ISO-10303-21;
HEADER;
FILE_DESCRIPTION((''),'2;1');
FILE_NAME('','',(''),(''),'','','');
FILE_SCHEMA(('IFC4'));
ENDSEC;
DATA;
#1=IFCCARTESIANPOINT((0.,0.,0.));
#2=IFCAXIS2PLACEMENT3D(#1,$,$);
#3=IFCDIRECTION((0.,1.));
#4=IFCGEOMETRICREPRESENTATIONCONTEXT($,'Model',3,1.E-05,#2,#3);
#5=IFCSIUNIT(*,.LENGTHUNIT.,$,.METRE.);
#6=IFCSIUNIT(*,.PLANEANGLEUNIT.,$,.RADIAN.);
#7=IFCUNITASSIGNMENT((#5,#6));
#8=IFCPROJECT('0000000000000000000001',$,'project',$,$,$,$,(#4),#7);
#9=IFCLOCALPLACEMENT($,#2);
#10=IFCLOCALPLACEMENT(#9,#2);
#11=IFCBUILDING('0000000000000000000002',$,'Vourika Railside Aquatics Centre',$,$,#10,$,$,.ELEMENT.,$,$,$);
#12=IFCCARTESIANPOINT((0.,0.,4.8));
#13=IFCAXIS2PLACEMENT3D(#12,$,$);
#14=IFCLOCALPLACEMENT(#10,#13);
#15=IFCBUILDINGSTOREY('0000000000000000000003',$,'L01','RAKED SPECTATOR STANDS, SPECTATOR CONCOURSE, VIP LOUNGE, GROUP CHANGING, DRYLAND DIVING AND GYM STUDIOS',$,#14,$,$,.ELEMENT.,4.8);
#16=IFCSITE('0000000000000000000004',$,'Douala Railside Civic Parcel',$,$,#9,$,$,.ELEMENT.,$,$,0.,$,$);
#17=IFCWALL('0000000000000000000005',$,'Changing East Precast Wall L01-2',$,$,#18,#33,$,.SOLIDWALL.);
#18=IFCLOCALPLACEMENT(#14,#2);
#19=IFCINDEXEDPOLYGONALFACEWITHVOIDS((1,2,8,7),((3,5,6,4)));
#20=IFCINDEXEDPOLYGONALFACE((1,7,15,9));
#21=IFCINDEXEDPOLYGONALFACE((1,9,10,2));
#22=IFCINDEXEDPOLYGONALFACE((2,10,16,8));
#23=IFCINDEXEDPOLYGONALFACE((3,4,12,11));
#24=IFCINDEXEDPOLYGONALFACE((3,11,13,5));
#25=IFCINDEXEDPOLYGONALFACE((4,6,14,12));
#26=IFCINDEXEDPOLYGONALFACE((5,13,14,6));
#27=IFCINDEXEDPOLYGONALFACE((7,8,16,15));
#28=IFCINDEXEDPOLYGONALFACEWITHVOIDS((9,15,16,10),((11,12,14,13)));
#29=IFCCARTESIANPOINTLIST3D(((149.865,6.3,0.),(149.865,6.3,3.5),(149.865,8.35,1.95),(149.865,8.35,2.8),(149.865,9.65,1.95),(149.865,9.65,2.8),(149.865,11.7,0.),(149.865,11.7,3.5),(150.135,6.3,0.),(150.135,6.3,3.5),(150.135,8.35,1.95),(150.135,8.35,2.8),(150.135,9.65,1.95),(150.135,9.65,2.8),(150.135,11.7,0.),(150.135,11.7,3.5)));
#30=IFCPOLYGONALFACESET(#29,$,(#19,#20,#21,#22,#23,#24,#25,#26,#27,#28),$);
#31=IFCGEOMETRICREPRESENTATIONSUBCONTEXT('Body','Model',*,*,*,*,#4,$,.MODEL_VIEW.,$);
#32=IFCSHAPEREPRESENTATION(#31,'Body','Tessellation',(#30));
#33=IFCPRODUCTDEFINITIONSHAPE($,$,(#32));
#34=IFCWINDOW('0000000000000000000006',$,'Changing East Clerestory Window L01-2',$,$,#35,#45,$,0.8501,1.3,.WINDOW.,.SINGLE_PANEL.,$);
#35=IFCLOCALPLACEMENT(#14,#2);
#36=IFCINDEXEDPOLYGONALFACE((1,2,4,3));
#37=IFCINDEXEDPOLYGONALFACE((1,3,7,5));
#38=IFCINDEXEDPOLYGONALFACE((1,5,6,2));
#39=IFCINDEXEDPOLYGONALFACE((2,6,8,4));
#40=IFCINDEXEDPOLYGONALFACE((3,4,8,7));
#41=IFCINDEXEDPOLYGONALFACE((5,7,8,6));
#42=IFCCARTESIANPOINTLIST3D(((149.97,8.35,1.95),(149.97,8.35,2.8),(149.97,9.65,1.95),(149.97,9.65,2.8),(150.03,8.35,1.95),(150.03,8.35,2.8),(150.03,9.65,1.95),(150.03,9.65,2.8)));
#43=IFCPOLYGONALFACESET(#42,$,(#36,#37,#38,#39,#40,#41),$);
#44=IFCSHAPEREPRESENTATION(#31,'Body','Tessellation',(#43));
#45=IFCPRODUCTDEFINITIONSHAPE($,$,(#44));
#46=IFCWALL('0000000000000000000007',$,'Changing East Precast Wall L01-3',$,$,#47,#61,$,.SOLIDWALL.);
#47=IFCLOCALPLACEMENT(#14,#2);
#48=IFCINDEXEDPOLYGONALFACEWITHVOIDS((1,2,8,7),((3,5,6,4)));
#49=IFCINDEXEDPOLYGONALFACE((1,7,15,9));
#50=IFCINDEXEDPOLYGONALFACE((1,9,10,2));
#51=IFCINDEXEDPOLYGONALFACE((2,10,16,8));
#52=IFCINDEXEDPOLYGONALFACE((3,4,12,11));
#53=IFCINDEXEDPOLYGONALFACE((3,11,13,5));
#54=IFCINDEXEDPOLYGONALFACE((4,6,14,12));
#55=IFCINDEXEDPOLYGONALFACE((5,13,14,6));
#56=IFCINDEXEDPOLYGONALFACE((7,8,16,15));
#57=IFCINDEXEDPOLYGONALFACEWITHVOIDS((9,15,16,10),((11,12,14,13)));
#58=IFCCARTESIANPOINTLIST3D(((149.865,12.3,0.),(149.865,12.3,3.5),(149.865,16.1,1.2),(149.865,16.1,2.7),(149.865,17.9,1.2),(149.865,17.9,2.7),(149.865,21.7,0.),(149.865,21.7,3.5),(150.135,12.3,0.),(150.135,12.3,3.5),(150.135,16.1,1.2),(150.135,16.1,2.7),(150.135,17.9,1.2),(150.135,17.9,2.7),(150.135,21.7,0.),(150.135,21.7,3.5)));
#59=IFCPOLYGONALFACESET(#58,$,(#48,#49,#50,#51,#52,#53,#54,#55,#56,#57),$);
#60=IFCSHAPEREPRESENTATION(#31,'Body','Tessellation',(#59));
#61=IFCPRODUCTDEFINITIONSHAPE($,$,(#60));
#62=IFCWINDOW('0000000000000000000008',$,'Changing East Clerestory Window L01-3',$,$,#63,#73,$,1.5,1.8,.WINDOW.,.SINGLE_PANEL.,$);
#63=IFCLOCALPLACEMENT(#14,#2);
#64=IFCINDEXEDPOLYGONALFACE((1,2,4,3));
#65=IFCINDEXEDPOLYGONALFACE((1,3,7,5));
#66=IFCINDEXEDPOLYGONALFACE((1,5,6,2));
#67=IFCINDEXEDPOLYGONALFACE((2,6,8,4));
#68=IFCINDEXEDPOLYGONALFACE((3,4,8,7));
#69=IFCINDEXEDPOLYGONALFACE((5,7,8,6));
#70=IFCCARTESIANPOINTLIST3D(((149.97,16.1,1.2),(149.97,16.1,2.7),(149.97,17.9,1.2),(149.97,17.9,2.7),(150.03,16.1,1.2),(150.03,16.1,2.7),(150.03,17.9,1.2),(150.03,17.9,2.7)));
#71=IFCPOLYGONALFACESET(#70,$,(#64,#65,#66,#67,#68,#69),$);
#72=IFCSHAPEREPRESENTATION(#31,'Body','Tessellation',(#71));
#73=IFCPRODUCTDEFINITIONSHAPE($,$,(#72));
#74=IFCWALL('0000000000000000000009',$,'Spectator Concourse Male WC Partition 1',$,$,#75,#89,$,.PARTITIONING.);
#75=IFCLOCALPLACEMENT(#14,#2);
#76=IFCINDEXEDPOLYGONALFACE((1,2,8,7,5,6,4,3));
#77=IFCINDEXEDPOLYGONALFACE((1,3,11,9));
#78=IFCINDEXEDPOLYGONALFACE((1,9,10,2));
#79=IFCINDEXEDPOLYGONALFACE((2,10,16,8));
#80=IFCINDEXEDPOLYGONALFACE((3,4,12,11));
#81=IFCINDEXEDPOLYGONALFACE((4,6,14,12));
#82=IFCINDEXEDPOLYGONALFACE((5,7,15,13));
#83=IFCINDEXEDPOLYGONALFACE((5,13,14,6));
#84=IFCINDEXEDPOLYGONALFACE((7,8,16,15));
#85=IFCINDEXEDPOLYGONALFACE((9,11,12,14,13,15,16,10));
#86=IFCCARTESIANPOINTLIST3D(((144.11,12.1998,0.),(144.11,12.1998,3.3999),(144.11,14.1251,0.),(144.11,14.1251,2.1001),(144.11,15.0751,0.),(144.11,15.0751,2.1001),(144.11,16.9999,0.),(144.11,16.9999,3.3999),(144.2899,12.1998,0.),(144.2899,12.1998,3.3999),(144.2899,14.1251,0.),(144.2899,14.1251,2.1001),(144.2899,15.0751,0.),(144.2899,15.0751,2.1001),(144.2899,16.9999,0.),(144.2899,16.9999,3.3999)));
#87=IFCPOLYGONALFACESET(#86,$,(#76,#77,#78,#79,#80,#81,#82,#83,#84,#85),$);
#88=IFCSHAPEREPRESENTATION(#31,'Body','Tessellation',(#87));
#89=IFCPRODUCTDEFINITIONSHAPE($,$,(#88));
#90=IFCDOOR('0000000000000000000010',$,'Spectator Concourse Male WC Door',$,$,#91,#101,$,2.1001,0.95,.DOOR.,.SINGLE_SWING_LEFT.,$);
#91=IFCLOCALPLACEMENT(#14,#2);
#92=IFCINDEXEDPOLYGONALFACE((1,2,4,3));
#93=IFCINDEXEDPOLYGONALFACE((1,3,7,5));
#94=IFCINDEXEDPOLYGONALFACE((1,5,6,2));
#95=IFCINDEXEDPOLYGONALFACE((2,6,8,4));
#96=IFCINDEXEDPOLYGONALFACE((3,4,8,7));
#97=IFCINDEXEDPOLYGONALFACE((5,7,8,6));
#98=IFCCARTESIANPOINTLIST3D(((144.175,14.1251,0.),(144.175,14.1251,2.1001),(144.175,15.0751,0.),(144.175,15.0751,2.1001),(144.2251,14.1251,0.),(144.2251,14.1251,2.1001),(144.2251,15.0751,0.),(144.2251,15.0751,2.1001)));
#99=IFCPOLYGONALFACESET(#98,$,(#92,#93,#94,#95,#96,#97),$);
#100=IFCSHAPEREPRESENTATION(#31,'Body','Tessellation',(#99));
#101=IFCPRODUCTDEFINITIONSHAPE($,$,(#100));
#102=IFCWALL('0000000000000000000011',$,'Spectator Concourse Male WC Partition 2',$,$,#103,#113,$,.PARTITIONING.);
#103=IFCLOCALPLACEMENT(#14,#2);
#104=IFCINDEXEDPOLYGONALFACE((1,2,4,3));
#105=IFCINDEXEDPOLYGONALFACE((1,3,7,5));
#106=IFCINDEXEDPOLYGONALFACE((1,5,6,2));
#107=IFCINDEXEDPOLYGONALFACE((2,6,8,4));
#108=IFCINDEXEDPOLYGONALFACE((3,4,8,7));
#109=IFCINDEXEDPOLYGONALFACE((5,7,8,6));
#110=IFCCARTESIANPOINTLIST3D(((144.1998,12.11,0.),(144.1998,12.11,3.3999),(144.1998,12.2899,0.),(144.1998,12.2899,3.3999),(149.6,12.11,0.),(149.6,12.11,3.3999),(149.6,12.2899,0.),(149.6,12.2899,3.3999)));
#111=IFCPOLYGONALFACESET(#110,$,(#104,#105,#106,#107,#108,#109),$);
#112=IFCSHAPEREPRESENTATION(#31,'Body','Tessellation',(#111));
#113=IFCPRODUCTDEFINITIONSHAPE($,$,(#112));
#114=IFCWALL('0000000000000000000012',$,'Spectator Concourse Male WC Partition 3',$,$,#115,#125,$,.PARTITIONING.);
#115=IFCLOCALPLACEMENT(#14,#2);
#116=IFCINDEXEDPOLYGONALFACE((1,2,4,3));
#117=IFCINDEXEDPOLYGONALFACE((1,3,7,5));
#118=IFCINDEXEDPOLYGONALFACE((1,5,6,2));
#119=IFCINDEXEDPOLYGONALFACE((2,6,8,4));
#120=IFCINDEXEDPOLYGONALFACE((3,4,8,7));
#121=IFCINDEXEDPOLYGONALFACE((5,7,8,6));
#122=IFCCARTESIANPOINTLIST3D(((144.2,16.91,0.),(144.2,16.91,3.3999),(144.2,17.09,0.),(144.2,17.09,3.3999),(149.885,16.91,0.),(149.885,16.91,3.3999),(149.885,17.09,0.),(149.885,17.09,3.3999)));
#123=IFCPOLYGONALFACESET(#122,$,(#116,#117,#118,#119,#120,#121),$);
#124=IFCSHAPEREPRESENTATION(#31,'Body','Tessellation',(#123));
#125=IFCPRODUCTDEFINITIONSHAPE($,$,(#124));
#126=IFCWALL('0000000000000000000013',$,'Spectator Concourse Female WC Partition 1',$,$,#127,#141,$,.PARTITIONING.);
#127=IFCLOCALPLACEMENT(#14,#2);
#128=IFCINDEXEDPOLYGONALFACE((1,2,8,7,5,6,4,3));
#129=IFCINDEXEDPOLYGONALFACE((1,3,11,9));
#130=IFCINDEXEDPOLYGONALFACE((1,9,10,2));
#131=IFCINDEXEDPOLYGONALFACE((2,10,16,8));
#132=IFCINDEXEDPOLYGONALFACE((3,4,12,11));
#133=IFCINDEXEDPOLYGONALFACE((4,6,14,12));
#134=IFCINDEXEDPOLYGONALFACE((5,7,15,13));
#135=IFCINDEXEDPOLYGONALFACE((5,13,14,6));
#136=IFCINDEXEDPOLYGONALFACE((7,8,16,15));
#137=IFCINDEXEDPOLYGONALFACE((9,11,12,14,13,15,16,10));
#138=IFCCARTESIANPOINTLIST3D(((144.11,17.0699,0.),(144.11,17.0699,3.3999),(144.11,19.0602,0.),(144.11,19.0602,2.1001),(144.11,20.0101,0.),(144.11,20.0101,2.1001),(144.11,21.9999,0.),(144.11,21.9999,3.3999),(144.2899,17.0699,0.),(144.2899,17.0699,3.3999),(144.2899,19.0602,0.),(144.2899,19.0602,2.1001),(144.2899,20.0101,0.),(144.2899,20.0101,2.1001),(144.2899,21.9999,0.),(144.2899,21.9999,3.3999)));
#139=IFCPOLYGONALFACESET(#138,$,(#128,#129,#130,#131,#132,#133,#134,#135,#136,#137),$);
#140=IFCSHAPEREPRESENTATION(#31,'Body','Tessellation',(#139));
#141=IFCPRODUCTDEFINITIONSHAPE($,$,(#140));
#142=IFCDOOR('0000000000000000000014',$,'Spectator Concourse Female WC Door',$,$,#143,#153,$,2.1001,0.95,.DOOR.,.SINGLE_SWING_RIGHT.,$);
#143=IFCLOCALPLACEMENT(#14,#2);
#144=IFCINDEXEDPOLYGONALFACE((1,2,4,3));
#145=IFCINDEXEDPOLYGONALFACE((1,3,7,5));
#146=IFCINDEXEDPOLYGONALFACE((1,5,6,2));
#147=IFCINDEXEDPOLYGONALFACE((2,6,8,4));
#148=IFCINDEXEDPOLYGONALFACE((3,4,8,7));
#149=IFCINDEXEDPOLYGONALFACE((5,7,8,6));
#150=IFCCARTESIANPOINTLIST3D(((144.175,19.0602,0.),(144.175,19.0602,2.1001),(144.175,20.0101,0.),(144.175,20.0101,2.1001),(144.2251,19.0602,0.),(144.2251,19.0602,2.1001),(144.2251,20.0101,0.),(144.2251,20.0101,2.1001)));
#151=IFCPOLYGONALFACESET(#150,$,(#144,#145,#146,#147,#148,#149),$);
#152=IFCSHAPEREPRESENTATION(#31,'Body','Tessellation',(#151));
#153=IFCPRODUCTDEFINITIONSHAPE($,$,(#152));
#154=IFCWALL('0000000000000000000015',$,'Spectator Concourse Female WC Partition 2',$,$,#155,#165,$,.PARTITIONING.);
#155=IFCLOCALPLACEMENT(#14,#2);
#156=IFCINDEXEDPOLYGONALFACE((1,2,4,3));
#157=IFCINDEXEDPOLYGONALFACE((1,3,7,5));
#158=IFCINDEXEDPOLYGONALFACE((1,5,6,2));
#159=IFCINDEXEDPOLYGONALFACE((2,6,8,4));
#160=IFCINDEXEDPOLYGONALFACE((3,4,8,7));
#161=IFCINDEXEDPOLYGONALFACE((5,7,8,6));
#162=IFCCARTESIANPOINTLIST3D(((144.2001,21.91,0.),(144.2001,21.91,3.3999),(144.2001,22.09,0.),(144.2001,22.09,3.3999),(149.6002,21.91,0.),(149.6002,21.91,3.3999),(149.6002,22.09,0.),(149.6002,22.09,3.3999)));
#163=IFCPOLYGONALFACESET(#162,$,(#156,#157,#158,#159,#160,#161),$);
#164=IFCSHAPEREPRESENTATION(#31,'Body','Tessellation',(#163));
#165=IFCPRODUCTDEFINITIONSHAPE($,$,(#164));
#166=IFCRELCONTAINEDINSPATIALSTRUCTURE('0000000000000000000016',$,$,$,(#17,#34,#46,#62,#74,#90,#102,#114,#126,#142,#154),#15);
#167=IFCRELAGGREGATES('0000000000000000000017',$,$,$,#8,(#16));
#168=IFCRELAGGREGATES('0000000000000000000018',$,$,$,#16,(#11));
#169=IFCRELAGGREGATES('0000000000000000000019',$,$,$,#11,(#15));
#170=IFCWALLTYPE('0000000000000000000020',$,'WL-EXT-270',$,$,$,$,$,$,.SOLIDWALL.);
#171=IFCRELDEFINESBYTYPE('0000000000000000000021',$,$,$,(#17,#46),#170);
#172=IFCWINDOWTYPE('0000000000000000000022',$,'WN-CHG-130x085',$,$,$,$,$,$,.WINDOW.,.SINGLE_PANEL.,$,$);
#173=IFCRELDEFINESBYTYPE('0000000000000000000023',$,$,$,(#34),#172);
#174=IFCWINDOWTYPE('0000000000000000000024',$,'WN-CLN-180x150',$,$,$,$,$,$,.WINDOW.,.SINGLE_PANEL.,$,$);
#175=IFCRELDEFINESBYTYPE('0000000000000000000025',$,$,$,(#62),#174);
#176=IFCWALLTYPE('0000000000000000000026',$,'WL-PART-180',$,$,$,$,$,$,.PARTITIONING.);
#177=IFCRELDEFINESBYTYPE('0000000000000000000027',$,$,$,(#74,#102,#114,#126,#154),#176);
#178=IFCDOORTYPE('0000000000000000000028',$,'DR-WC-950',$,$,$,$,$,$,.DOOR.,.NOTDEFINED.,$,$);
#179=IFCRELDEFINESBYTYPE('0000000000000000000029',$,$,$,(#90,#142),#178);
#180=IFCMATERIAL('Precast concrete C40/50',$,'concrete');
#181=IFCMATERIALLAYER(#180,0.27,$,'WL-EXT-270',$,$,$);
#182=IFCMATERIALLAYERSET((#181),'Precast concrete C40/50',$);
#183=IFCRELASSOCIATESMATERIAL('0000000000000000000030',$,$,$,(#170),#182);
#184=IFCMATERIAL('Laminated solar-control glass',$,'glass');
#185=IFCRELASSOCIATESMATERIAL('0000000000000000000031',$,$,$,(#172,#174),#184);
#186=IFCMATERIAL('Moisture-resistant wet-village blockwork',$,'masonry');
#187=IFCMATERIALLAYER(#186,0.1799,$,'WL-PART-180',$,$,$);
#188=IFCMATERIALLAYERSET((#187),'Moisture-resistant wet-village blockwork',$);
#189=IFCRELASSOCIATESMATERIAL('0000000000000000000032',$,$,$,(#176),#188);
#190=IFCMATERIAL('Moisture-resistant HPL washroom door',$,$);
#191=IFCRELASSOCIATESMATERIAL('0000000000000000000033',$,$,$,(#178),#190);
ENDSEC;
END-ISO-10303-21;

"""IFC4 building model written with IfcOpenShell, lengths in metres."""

from ifc_helpers import new_model, si_unit, direction, frame, frame_2d, origin, place, context, subcontext, project, spatial, rectangle, extrude, material, layer, layer_set, type_object, element, fill, save


model = new_model("IFC4")

# Units and contexts
model_context = context("Model", 3, precision=1e-05, world=origin(), true_north=direction((0.0, 1.0)))
body_context = subcontext(model_context, "Body", "Model", "MODEL_VIEW")
ifc_project = project(units=[si_unit("LENGTHUNIT", "METRE"), si_unit("PLANEANGLEUNIT", "RADIAN")], contexts=[model_context])

# Site, building, storey
site_placement = place(None, origin())
site = spatial("IfcSite", under=ifc_project, at=site_placement, Name="Douala Railside Civic Parcel", CompositionType="ELEMENT", RefElevation=0.0)
building_placement = place(site_placement, origin())
building = spatial("IfcBuilding", under=site, at=building_placement, Name="Vourika Railside Aquatics Centre", CompositionType="ELEMENT")
storey_placement = place(building_placement, frame((0.0, 0.0, 4.8)))
storey = spatial("IfcBuildingStorey", under=building, at=storey_placement, Name="L01", Description="RAKED SPECTATOR STANDS, SPECTATOR CONCOURSE, VIP LOUNGE, GROUP CHANGING, DRYLAND DIVING AND GYM STUDIOS", CompositionType="ELEMENT", Elevation=4.8)

# Shared definitions
ifc_material_1 = material(Name="Precast concrete C40/50", Category="concrete")

# Walls, openings, windows
ifc_layer_1 = layer(ifc_material_1, 0.27, Name="WL-EXT-270")
ifc_layer_set_1 = layer_set([ifc_layer_1], Name="Precast concrete C40/50")
wall_type_1 = type_object("IfcWallType", Name="WL-EXT-270", PredefinedType="SOLIDWALL", material=ifc_layer_set_1)
wall_1_placement = place(storey_placement, frame((150.0, 6.3, 0.0), z_axis=(0.0, 0.0, 1.0), x_axis=(0.0, 1.0, 0.0)))
wall_1 = element("IfcWall", 1, at=wall_1_placement, inside=storey, type_object=wall_type_1, Name="Changing East Precast Wall L01-2", PredefinedType="SOLIDWALL", context=body_context, shape_type="SweptSolid", body=[
    extrude(rectangle(XDim=5.3999, YDim=0.27, at=frame_2d((2.7, 0.0))), origin(), (0.0, 0.0, 1.0), 3.5),
])
opening_1_placement = place(wall_1_placement, frame((2.05, 0.0, 1.95)))
opening_1 = element("IfcOpeningElement", 2, at=opening_1_placement, cuts=wall_1, PredefinedType="OPENING", context=body_context, shape_type="SweptSolid", body=[
    extrude(rectangle(XDim=1.3, YDim=0.8501, at=frame_2d((0.6499, 0.425))), frame((0.0, 0.145, 0.0), z_axis=(0.0, -1.0, 0.0), x_axis=(1.0, 0.0, 0.0)), (0.0, 0.0, 1.0), 0.29),
])
ifc_material_2 = material(Name="Laminated solar-control glass", Category="glass")
window_type_1 = type_object("IfcWindowType", Name="WN-CHG-130x085", PartitioningType="SINGLE_PANEL", PredefinedType="WINDOW", material=ifc_material_2)
window_1_placement = place(opening_1_placement, origin())
window_1 = element("IfcWindow", 3, at=window_1_placement, inside=storey, type_object=window_type_1, Name="Changing East Clerestory Window L01-2", OverallHeight=0.8501, OverallWidth=1.3, PartitioningType="SINGLE_PANEL", PredefinedType="WINDOW", context=body_context, shape_type="SweptSolid", body=[
    extrude(rectangle(XDim=1.3, YDim=0.8501, at=frame_2d((0.6499, 0.425))), frame((0.0, 0.03, 0.0), z_axis=(0.0, -1.0, 0.0), x_axis=(1.0, 0.0, 0.0)), (0.0, 0.0, 1.0), 0.0601),
])
fill(opening_1, window_1)
wall_2_placement = place(storey_placement, frame((150.0, 12.3, 0.0), z_axis=(0.0, 0.0, 1.0), x_axis=(0.0, 1.0, 0.0)))
wall_2 = element("IfcWall", 4, at=wall_2_placement, inside=storey, type_object=wall_type_1, Name="Changing East Precast Wall L01-3", PredefinedType="SOLIDWALL", context=body_context, shape_type="SweptSolid", body=[
    extrude(rectangle(XDim=9.3999, YDim=0.27, at=frame_2d((4.7, 0.0))), origin(), (0.0, 0.0, 1.0), 3.5),
])
opening_2_placement = place(wall_2_placement, frame((3.8, 0.0, 1.2)))
opening_2 = element("IfcOpeningElement", 5, at=opening_2_placement, cuts=wall_2, PredefinedType="OPENING", context=body_context, shape_type="SweptSolid", body=[
    extrude(rectangle(XDim=1.8, YDim=1.5, at=frame_2d((0.8999, 0.75))), frame((0.0, 0.145, 0.0), z_axis=(0.0, -1.0, 0.0), x_axis=(1.0, 0.0, 0.0)), (0.0, 0.0, 1.0), 0.29),
])
window_type_2 = type_object("IfcWindowType", Name="WN-CLN-180x150", PartitioningType="SINGLE_PANEL", PredefinedType="WINDOW", material=ifc_material_2)
window_2_placement = place(opening_2_placement, origin())
window_2 = element("IfcWindow", 6, at=window_2_placement, inside=storey, type_object=window_type_2, Name="Changing East Clerestory Window L01-3", OverallHeight=1.5, OverallWidth=1.8, PartitioningType="SINGLE_PANEL", PredefinedType="WINDOW", context=body_context, shape_type="SweptSolid", body=[
    extrude(rectangle(XDim=1.8, YDim=1.5, at=frame_2d((0.8999, 0.75))), frame((0.0, 0.03, 0.0), z_axis=(0.0, -1.0, 0.0), x_axis=(1.0, 0.0, 0.0)), (0.0, 0.0, 1.0), 0.0601),
])
fill(opening_2, window_2)

# Wall, opening, door
ifc_material_3 = material(Name="Moisture-resistant wet-village blockwork", Category="masonry")
ifc_layer_2 = layer(ifc_material_3, 0.1799, Name="WL-PART-180")
ifc_layer_set_2 = layer_set([ifc_layer_2], Name="Moisture-resistant wet-village blockwork")
wall_type_2 = type_object("IfcWallType", Name="WL-PART-180", PredefinedType="PARTITIONING", material=ifc_layer_set_2)
wall_3_placement = place(storey_placement, frame((144.2, 12.2, 0.0), z_axis=(0.0, 0.0, 1.0), x_axis=(0.0, 1.0, 0.0)))
wall_3 = element("IfcWall", 7, at=wall_3_placement, inside=storey, type_object=wall_type_2, Name="Spectator Concourse Male WC Partition 1", PredefinedType="PARTITIONING", context=body_context, shape_type="SweptSolid", body=[
    extrude(rectangle(XDim=4.8, YDim=0.1799, at=frame_2d((2.3999, 0.0))), origin(), (0.0, 0.0, 1.0), 3.3999),
])
opening_3_placement = place(wall_3_placement, frame((1.925, 0.0, 0.0)))
opening_3 = element("IfcOpeningElement", 8, at=opening_3_placement, cuts=wall_3, PredefinedType="OPENING", context=body_context, shape_type="SweptSolid", body=[
    extrude(rectangle(XDim=0.95, YDim=2.1001, at=frame_2d((0.4751, 1.05))), frame((0.0, 0.1001, 0.0), z_axis=(0.0, -1.0, 0.0), x_axis=(1.0, 0.0, 0.0)), (0.0, 0.0, 1.0), 0.2),
])
ifc_material_4 = material(Name="Moisture-resistant HPL washroom door")
door_type = type_object("IfcDoorType", Name="DR-WC-950", OperationType="NOTDEFINED", PredefinedType="DOOR", material=ifc_material_4)
door_1_placement = place(opening_3_placement, origin())
door_1 = element("IfcDoor", 9, at=door_1_placement, inside=storey, type_object=door_type, Name="Spectator Concourse Male WC Door", OperationType="SINGLE_SWING_LEFT", OverallHeight=2.1001, OverallWidth=0.95, PredefinedType="DOOR", context=body_context, shape_type="SweptSolid", body=[
    extrude(rectangle(XDim=0.95, YDim=2.1001, at=frame_2d((0.4751, 1.05))), frame((0.0, 0.0249, 0.0), z_axis=(0.0, -1.0, 0.0), x_axis=(1.0, 0.0, 0.0)), (0.0, 0.0, 1.0), 0.05),
])
fill(opening_3, door_1)

# Walls
wall_4_placement = place(storey_placement, frame((149.6001, 12.2, 0.0), z_axis=(0.0, 0.0, 1.0), x_axis=(-1.0, 0.0, 0.0)))
element("IfcWall", 10, at=wall_4_placement, inside=storey, type_object=wall_type_2, Name="Spectator Concourse Male WC Partition 2", PredefinedType="PARTITIONING", context=body_context, shape_type="SweptSolid", body=[
    extrude(rectangle(XDim=5.4001, YDim=0.1799, at=frame_2d((2.7002, 0.0))), origin(), (0.0, 0.0, 1.0), 3.3999),
])
wall_5_placement = place(storey_placement, frame((144.2, 17.0, 0.0), z_axis=(0.0, 0.0, 1.0), x_axis=(1.0, 0.0, 0.0)))
element("IfcWall", 11, at=wall_5_placement, inside=storey, type_object=wall_type_2, Name="Spectator Concourse Male WC Partition 3", PredefinedType="PARTITIONING", context=body_context, shape_type="SweptSolid", body=[
    extrude(rectangle(XDim=5.6851, YDim=0.1799, at=frame_2d((2.8425, 0.0))), origin(), (0.0, 0.0, 1.0), 3.3999),
])

# Wall, opening, door
wall_6_placement = place(storey_placement, frame((144.2, 17.0701, 0.0), z_axis=(0.0, 0.0, 1.0), x_axis=(0.0, 1.0, 0.0)))
wall_6 = element("IfcWall", 12, at=wall_6_placement, inside=storey, type_object=wall_type_2, Name="Spectator Concourse Female WC Partition 1", PredefinedType="PARTITIONING", context=body_context, shape_type="SweptSolid", body=[
    extrude(rectangle(XDim=4.9299, YDim=0.1799, at=frame_2d((2.4648, 0.0))), origin(), (0.0, 0.0, 1.0), 3.3999),
])
opening_4_placement = place(wall_6_placement, frame((1.99, 0.0, 0.0)))
opening_4 = element("IfcOpeningElement", 13, at=opening_4_placement, cuts=wall_6, PredefinedType="OPENING", context=body_context, shape_type="SweptSolid", body=[
    extrude(rectangle(XDim=0.95, YDim=2.1001, at=frame_2d((0.4751, 1.05))), frame((0.0, 0.1001, 0.0), z_axis=(0.0, -1.0, 0.0), x_axis=(1.0, 0.0, 0.0)), (0.0, 0.0, 1.0), 0.2),
])
door_2_placement = place(opening_4_placement, origin())
door_2 = element("IfcDoor", 14, at=door_2_placement, inside=storey, type_object=door_type, Name="Spectator Concourse Female WC Door", OperationType="SINGLE_SWING_RIGHT", OverallHeight=2.1001, OverallWidth=0.95, PredefinedType="DOOR", context=body_context, shape_type="SweptSolid", body=[
    extrude(rectangle(XDim=0.95, YDim=2.1001, at=frame_2d((0.4751, 1.05))), frame((0.0, 0.0249, 0.0), z_axis=(0.0, -1.0, 0.0), x_axis=(1.0, 0.0, 0.0)), (0.0, 0.0, 1.0), 0.05),
])
fill(opening_4, door_2)

# Wall
wall_7_placement = place(storey_placement, frame((144.2, 22.0, 0.0), z_axis=(0.0, 0.0, 1.0), x_axis=(1.0, 0.0, 0.0)))
element("IfcWall", 15, at=wall_7_placement, inside=storey, type_object=wall_type_2, Name="Spectator Concourse Female WC Partition 2", PredefinedType="PARTITIONING", context=body_context, shape_type="SweptSolid", body=[
    extrude(rectangle(XDim=5.4001, YDim=0.1799, at=frame_2d((2.7002, 0.0))), origin(), (0.0, 0.0, 1.0), 3.3999),
])

save(model, "model.ifc")
